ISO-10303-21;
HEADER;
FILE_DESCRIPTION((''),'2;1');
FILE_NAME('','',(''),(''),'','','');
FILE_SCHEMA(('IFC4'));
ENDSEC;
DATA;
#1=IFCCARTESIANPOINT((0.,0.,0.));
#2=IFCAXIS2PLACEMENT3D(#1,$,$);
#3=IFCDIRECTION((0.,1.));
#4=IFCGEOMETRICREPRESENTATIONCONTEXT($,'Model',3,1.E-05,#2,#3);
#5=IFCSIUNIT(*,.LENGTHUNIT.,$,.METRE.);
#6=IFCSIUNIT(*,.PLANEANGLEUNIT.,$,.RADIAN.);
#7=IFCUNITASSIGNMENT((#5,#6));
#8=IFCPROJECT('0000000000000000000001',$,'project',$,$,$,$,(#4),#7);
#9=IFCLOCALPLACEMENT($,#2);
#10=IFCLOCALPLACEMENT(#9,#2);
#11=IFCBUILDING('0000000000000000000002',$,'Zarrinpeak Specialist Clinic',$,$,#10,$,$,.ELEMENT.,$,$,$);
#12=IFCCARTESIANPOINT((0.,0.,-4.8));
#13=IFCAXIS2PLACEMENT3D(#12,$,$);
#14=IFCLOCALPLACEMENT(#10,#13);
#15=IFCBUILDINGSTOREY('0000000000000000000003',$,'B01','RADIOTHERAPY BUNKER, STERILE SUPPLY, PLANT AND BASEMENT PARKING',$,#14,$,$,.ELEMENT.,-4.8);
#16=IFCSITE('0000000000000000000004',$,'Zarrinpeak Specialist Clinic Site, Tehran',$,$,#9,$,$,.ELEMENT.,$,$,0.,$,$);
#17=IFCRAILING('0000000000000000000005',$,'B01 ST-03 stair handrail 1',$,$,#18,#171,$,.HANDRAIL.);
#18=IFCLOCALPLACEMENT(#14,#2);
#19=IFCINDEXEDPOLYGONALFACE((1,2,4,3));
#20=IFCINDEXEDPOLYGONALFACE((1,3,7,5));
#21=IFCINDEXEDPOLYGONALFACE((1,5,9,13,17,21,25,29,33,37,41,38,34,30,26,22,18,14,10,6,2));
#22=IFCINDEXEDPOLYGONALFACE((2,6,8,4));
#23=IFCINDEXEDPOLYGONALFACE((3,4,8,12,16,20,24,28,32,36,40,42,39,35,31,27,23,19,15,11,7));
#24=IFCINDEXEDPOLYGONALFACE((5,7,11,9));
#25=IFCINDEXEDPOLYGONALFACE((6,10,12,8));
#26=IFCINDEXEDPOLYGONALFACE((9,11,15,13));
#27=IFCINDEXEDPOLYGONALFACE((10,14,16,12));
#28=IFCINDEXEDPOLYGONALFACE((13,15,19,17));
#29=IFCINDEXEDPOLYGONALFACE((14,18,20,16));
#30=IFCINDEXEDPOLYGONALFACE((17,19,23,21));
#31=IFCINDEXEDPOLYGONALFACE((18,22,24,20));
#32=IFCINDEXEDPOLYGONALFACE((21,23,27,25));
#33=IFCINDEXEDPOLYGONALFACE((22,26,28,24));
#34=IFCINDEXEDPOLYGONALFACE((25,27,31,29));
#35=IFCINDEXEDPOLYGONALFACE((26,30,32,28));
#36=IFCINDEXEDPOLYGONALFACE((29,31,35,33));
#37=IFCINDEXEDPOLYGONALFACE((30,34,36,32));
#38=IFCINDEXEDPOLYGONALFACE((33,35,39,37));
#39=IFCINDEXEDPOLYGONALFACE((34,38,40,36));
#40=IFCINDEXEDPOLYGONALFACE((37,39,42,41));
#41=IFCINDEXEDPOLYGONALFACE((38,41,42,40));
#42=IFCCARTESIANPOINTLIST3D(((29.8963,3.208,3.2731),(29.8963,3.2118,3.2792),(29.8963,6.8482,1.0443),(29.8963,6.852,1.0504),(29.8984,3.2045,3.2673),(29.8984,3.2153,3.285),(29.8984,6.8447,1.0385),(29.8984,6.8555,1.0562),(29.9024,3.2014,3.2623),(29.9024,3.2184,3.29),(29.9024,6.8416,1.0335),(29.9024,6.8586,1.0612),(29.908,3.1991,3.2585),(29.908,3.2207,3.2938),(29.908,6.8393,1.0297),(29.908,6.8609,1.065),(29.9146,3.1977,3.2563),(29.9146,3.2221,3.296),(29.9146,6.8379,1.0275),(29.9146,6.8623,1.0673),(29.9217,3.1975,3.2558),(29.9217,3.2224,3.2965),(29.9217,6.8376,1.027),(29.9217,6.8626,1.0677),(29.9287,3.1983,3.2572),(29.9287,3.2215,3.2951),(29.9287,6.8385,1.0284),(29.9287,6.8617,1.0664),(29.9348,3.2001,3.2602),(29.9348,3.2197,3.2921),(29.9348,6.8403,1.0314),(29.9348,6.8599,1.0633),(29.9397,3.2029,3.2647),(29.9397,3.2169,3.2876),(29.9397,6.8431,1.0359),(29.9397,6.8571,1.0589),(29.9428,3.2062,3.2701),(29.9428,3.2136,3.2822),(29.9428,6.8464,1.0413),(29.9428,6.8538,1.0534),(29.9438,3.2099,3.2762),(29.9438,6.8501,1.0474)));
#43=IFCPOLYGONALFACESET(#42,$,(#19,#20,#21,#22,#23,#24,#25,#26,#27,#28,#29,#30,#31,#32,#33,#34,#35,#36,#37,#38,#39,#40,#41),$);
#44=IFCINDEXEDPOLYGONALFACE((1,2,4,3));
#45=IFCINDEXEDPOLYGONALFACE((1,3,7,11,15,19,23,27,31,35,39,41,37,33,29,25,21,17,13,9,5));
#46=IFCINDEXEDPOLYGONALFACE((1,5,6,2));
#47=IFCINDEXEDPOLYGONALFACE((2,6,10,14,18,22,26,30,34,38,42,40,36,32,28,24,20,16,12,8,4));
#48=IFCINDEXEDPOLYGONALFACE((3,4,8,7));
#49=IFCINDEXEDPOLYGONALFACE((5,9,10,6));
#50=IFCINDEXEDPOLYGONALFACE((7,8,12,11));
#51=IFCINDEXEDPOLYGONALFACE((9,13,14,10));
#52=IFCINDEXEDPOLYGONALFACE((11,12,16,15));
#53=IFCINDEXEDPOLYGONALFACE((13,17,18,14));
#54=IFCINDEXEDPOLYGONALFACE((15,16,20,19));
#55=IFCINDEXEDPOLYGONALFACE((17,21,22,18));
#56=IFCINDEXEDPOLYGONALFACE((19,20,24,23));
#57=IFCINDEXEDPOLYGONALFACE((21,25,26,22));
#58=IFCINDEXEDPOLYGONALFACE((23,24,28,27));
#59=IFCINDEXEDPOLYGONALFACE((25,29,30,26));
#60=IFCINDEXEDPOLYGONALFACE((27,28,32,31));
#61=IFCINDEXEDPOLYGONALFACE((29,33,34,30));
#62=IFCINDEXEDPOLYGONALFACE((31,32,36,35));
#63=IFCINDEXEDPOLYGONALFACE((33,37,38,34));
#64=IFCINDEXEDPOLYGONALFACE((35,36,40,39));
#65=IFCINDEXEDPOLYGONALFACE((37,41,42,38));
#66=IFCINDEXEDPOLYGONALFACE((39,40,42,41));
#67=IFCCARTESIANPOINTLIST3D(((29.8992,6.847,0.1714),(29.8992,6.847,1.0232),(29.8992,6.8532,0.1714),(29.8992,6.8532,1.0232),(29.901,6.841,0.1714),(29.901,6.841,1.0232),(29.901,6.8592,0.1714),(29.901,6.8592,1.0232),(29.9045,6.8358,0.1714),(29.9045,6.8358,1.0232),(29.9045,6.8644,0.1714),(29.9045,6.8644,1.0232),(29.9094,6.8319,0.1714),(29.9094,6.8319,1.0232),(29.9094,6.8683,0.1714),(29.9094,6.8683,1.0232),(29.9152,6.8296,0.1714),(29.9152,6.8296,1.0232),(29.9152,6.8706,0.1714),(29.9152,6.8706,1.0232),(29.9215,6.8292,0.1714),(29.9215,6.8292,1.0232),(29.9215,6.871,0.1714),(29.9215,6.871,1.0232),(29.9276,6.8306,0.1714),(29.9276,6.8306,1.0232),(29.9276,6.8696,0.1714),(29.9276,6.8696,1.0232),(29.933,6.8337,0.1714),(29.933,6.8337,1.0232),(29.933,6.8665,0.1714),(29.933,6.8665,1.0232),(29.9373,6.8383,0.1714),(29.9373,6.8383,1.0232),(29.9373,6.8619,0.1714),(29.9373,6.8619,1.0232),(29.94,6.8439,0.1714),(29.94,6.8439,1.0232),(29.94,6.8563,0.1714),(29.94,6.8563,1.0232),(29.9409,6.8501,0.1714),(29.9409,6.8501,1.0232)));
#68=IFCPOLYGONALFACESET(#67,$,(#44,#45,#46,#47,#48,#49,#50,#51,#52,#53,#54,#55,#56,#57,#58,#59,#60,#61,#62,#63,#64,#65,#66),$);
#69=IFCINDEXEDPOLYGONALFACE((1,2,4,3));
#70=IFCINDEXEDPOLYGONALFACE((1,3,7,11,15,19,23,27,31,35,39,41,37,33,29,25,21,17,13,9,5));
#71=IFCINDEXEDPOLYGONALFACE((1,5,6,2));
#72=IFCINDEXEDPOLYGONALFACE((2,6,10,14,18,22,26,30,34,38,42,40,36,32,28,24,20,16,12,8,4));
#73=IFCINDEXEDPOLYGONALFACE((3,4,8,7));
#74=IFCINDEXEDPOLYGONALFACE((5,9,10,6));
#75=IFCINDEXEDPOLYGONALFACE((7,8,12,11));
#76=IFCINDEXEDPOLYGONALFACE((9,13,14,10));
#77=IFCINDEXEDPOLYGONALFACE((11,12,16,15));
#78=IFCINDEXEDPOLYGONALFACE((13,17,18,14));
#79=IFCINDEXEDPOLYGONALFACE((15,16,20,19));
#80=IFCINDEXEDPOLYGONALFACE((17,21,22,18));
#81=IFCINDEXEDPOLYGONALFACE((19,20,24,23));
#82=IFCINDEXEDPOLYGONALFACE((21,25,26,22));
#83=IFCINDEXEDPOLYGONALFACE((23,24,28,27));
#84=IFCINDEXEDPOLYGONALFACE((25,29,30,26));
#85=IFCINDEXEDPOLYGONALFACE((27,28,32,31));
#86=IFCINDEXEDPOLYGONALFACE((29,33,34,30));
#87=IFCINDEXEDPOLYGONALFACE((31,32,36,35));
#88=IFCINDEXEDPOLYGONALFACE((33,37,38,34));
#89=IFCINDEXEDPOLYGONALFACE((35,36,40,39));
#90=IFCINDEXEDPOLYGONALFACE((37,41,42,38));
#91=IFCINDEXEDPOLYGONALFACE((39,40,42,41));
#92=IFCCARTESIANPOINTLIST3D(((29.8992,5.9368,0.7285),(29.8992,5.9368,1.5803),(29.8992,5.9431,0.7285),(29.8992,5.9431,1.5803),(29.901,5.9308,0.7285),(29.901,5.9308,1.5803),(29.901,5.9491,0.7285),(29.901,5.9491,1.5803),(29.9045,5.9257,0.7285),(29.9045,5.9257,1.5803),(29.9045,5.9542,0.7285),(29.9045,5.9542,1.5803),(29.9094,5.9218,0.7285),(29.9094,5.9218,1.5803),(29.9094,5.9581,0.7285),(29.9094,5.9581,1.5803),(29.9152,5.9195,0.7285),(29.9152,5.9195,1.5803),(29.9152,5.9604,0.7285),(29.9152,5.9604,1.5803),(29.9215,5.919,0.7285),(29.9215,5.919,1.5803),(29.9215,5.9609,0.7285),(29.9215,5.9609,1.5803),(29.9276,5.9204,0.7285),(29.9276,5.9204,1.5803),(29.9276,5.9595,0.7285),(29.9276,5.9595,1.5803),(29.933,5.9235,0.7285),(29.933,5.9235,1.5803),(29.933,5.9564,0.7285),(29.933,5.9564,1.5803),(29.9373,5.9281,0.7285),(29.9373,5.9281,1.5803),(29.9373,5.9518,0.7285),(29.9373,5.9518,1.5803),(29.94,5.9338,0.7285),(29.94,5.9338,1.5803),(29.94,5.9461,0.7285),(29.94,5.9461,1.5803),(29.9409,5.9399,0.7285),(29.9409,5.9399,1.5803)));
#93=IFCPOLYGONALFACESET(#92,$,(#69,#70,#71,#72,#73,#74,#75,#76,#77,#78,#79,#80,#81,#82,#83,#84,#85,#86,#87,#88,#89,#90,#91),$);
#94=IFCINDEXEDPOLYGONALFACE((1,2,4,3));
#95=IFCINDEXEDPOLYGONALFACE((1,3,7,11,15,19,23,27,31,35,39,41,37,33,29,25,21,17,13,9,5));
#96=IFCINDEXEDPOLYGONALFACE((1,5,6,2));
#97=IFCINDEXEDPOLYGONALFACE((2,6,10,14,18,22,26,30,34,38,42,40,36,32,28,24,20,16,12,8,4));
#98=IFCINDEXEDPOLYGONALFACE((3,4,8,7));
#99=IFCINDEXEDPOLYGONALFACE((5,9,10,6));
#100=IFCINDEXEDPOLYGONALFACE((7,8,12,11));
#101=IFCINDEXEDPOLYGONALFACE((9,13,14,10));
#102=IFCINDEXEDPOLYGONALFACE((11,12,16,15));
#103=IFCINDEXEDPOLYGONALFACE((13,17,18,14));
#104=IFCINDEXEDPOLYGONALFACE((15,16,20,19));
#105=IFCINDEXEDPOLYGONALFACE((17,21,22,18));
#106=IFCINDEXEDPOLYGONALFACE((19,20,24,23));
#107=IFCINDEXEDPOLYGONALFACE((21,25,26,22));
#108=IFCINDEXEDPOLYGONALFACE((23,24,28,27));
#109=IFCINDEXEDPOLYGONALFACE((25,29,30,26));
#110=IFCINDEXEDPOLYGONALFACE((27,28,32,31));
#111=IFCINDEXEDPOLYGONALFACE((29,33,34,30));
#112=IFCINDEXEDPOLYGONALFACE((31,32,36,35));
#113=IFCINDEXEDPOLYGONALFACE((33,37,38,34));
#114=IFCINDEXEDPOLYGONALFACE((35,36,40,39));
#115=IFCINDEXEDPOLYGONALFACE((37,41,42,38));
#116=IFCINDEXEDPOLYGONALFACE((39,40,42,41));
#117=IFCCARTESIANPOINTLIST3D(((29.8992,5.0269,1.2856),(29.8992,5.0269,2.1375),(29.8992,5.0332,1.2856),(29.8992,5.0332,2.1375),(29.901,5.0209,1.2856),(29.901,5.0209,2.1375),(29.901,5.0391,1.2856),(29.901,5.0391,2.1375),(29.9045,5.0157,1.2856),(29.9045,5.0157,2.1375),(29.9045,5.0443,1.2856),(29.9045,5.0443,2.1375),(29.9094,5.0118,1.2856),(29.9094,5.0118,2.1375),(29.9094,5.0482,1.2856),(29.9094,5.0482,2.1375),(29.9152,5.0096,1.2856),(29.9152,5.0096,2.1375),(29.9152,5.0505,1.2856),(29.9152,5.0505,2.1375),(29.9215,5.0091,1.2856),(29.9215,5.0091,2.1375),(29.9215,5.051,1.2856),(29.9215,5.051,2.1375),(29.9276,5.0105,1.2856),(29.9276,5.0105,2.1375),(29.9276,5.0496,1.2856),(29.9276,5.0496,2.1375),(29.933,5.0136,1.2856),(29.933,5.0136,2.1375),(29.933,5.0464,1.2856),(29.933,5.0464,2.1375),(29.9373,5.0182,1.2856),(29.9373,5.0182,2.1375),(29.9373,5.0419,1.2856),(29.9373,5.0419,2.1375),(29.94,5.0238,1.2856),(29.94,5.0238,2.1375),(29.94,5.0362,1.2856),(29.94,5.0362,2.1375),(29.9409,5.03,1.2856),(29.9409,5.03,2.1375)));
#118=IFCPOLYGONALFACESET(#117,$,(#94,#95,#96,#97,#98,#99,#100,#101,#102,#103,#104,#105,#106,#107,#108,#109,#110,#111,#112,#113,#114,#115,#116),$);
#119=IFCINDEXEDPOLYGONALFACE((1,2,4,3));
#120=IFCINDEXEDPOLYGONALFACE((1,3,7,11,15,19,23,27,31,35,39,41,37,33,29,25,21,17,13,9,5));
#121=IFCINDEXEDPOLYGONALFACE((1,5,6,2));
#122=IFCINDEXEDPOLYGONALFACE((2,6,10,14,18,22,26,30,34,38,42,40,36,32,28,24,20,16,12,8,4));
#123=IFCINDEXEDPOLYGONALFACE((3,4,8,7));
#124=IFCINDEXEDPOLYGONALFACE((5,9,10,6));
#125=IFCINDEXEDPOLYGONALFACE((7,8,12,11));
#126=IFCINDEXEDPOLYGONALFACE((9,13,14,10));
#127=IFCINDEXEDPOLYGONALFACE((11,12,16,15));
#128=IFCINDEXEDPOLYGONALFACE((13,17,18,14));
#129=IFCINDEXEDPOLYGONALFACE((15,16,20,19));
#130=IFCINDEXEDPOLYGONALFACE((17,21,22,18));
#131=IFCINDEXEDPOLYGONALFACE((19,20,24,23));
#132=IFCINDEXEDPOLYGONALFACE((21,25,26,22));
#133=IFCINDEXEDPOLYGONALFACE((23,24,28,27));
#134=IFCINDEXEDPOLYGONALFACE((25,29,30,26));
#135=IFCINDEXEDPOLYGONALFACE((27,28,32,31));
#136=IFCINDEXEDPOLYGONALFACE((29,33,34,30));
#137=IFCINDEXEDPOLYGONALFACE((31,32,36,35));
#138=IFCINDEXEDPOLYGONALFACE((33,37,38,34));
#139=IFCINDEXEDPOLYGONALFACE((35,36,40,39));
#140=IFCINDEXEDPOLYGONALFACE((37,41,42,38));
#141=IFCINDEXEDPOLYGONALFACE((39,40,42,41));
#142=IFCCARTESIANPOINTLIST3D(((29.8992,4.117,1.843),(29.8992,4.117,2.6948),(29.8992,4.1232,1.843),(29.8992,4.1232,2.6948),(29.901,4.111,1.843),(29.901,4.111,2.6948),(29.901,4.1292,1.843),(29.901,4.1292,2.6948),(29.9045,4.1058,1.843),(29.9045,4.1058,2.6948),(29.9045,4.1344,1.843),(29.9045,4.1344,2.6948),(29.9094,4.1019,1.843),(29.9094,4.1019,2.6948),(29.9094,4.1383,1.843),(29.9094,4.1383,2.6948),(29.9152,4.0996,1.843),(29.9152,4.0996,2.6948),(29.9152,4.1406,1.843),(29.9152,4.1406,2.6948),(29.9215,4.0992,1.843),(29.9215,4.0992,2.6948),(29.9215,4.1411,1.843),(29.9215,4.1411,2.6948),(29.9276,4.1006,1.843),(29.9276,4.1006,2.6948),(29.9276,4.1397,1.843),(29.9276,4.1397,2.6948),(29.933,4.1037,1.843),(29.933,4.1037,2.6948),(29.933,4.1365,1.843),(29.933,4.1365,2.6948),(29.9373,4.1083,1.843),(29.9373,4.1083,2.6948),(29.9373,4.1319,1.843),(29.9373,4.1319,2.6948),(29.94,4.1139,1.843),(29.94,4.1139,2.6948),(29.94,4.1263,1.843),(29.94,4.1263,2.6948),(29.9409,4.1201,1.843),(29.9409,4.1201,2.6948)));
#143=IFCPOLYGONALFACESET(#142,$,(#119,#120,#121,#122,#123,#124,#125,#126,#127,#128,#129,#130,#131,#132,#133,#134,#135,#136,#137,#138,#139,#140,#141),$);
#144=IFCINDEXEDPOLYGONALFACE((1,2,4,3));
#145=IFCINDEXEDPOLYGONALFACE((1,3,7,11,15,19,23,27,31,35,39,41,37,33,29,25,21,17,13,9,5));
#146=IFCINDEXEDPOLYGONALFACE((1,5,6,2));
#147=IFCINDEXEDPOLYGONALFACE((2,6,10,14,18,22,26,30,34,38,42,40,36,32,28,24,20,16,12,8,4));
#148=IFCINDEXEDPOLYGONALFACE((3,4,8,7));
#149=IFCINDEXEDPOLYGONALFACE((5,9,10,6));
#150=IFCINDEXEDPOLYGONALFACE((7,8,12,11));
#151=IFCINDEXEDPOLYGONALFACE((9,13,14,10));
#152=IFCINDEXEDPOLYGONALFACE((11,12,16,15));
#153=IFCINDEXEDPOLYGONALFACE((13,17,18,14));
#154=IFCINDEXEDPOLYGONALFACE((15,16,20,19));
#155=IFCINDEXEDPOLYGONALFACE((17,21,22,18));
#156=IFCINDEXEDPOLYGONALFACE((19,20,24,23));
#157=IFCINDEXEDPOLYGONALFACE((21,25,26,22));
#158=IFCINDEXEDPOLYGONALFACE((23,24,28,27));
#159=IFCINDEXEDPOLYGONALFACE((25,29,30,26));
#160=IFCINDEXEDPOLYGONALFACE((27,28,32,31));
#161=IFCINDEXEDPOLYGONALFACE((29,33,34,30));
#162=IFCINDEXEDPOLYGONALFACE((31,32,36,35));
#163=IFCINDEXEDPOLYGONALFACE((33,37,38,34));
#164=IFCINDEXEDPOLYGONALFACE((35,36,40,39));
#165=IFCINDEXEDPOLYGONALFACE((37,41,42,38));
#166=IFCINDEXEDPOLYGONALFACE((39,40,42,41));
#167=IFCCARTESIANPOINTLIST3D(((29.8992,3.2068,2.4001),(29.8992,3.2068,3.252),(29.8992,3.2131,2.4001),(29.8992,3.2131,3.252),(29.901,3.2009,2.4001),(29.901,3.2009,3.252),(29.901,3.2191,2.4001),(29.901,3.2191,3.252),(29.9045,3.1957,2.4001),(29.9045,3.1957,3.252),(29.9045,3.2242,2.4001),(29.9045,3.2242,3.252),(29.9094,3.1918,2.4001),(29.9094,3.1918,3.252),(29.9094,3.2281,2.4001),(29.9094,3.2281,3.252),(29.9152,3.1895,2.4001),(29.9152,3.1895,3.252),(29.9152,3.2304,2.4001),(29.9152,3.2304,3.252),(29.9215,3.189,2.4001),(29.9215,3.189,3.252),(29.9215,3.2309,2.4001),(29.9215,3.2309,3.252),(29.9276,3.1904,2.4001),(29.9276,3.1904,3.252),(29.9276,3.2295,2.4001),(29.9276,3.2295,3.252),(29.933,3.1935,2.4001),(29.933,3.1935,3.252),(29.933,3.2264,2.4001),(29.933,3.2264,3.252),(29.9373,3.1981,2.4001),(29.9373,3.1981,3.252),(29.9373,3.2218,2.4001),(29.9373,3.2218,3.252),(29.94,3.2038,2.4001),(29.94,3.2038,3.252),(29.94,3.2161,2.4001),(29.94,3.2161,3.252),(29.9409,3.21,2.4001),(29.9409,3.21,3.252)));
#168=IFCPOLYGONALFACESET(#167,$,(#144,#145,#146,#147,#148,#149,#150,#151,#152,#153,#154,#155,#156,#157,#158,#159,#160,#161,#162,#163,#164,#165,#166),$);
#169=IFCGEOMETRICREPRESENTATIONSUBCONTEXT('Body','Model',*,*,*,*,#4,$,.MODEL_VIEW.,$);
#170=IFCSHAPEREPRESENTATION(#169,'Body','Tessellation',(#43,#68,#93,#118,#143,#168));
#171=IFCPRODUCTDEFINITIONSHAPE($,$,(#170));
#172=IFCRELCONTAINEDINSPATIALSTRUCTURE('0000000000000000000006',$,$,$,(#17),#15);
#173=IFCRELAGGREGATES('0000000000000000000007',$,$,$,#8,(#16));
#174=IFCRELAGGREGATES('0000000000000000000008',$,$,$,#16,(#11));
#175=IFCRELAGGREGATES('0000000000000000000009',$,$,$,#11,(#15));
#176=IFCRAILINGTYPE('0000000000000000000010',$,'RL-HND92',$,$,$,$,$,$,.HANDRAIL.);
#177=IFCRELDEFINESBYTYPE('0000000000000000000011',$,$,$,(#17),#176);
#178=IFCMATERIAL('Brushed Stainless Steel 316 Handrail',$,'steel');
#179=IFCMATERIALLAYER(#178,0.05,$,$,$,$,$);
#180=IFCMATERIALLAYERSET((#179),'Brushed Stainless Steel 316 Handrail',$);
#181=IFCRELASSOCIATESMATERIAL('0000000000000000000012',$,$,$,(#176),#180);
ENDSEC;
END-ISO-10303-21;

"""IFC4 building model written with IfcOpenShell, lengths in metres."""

from ifc_helpers import new_model, si_unit, direction, frame, origin, origin_2d, place, context, subcontext, project, spatial, circle, extrude, material, layer, layer_set, type_object, element, save


model = new_model("IFC4")

# Units and contexts
model_context = context("Model", 3, precision=1e-05, world=origin(), true_north=direction((0.0, 1.0)))
body_context = subcontext(model_context, "Body", "Model", "MODEL_VIEW")
ifc_project = project(units=[si_unit("LENGTHUNIT", "METRE"), si_unit("PLANEANGLEUNIT", "RADIAN")], contexts=[model_context])

# Site, building, storey
site_placement = place(None, origin())
site = spatial("IfcSite", under=ifc_project, at=site_placement, Name="Zarrinpeak Specialist Clinic Site, Tehran", CompositionType="ELEMENT", RefElevation=0.0)
building_placement = place(site_placement, origin())
building = spatial("IfcBuilding", under=site, at=building_placement, Name="Zarrinpeak Specialist Clinic", CompositionType="ELEMENT")
storey_placement = place(building_placement, frame((0.0, 0.0, -4.8)))
storey = spatial("IfcBuildingStorey", under=building, at=storey_placement, Name="B01", Description="RADIOTHERAPY BUNKER, STERILE SUPPLY, PLANT AND BASEMENT PARKING", CompositionType="ELEMENT", Elevation=-4.8)

# Railing
ifc_material_1 = material(Name="Brushed Stainless Steel 316 Handrail", Category="steel")
ifc_layer_1 = layer(ifc_material_1, 0.05)
ifc_layer_set_1 = layer_set([ifc_layer_1], Name="Brushed Stainless Steel 316 Handrail")
railing_type_1 = type_object("IfcRailingType", Name="RL-HND92", PredefinedType="HANDRAIL", material=ifc_layer_set_1)
railing_1_placement = place(storey_placement, frame((29.9199, 6.8501, 0.1714)))
element("IfcRailing", 1, at=railing_1_placement, inside=storey, type_object=railing_type_1, Name="B01 ST-03 stair handrail 1", PredefinedType="HANDRAIL", context=body_context, shape_type="SweptSolid", body=[
    extrude(circle(Radius=0.0239, at=origin_2d()), frame((0.0, 0.0, 0.876), z_axis=(0.0, -0.85284, 0.522172), x_axis=(1.0, 0.0, 0.0)), (0.0, 0.0, 1.0), 4.2683),
    extrude(circle(Radius=0.021, at=origin_2d()), origin(), (0.0, 0.0, 1.0), 0.8518),
    extrude(circle(Radius=0.021, at=origin_2d()), frame((0.0, -0.9102, 0.5571)), (0.0, 0.0, 1.0), 0.8518),
    extrude(circle(Radius=0.021, at=origin_2d()), frame((0.0, -1.8201, 1.1143)), (0.0, 0.0, 1.0), 0.8518),
    extrude(circle(Radius=0.021, at=origin_2d()), frame((0.0, -2.73, 1.6716)), (0.0, 0.0, 1.0), 0.8518),
    extrude(circle(Radius=0.021, at=origin_2d()), frame((0.0, -3.6401, 2.2288)), (0.0, 0.0, 1.0), 0.8518),
])

save(model, "model.ifc")
